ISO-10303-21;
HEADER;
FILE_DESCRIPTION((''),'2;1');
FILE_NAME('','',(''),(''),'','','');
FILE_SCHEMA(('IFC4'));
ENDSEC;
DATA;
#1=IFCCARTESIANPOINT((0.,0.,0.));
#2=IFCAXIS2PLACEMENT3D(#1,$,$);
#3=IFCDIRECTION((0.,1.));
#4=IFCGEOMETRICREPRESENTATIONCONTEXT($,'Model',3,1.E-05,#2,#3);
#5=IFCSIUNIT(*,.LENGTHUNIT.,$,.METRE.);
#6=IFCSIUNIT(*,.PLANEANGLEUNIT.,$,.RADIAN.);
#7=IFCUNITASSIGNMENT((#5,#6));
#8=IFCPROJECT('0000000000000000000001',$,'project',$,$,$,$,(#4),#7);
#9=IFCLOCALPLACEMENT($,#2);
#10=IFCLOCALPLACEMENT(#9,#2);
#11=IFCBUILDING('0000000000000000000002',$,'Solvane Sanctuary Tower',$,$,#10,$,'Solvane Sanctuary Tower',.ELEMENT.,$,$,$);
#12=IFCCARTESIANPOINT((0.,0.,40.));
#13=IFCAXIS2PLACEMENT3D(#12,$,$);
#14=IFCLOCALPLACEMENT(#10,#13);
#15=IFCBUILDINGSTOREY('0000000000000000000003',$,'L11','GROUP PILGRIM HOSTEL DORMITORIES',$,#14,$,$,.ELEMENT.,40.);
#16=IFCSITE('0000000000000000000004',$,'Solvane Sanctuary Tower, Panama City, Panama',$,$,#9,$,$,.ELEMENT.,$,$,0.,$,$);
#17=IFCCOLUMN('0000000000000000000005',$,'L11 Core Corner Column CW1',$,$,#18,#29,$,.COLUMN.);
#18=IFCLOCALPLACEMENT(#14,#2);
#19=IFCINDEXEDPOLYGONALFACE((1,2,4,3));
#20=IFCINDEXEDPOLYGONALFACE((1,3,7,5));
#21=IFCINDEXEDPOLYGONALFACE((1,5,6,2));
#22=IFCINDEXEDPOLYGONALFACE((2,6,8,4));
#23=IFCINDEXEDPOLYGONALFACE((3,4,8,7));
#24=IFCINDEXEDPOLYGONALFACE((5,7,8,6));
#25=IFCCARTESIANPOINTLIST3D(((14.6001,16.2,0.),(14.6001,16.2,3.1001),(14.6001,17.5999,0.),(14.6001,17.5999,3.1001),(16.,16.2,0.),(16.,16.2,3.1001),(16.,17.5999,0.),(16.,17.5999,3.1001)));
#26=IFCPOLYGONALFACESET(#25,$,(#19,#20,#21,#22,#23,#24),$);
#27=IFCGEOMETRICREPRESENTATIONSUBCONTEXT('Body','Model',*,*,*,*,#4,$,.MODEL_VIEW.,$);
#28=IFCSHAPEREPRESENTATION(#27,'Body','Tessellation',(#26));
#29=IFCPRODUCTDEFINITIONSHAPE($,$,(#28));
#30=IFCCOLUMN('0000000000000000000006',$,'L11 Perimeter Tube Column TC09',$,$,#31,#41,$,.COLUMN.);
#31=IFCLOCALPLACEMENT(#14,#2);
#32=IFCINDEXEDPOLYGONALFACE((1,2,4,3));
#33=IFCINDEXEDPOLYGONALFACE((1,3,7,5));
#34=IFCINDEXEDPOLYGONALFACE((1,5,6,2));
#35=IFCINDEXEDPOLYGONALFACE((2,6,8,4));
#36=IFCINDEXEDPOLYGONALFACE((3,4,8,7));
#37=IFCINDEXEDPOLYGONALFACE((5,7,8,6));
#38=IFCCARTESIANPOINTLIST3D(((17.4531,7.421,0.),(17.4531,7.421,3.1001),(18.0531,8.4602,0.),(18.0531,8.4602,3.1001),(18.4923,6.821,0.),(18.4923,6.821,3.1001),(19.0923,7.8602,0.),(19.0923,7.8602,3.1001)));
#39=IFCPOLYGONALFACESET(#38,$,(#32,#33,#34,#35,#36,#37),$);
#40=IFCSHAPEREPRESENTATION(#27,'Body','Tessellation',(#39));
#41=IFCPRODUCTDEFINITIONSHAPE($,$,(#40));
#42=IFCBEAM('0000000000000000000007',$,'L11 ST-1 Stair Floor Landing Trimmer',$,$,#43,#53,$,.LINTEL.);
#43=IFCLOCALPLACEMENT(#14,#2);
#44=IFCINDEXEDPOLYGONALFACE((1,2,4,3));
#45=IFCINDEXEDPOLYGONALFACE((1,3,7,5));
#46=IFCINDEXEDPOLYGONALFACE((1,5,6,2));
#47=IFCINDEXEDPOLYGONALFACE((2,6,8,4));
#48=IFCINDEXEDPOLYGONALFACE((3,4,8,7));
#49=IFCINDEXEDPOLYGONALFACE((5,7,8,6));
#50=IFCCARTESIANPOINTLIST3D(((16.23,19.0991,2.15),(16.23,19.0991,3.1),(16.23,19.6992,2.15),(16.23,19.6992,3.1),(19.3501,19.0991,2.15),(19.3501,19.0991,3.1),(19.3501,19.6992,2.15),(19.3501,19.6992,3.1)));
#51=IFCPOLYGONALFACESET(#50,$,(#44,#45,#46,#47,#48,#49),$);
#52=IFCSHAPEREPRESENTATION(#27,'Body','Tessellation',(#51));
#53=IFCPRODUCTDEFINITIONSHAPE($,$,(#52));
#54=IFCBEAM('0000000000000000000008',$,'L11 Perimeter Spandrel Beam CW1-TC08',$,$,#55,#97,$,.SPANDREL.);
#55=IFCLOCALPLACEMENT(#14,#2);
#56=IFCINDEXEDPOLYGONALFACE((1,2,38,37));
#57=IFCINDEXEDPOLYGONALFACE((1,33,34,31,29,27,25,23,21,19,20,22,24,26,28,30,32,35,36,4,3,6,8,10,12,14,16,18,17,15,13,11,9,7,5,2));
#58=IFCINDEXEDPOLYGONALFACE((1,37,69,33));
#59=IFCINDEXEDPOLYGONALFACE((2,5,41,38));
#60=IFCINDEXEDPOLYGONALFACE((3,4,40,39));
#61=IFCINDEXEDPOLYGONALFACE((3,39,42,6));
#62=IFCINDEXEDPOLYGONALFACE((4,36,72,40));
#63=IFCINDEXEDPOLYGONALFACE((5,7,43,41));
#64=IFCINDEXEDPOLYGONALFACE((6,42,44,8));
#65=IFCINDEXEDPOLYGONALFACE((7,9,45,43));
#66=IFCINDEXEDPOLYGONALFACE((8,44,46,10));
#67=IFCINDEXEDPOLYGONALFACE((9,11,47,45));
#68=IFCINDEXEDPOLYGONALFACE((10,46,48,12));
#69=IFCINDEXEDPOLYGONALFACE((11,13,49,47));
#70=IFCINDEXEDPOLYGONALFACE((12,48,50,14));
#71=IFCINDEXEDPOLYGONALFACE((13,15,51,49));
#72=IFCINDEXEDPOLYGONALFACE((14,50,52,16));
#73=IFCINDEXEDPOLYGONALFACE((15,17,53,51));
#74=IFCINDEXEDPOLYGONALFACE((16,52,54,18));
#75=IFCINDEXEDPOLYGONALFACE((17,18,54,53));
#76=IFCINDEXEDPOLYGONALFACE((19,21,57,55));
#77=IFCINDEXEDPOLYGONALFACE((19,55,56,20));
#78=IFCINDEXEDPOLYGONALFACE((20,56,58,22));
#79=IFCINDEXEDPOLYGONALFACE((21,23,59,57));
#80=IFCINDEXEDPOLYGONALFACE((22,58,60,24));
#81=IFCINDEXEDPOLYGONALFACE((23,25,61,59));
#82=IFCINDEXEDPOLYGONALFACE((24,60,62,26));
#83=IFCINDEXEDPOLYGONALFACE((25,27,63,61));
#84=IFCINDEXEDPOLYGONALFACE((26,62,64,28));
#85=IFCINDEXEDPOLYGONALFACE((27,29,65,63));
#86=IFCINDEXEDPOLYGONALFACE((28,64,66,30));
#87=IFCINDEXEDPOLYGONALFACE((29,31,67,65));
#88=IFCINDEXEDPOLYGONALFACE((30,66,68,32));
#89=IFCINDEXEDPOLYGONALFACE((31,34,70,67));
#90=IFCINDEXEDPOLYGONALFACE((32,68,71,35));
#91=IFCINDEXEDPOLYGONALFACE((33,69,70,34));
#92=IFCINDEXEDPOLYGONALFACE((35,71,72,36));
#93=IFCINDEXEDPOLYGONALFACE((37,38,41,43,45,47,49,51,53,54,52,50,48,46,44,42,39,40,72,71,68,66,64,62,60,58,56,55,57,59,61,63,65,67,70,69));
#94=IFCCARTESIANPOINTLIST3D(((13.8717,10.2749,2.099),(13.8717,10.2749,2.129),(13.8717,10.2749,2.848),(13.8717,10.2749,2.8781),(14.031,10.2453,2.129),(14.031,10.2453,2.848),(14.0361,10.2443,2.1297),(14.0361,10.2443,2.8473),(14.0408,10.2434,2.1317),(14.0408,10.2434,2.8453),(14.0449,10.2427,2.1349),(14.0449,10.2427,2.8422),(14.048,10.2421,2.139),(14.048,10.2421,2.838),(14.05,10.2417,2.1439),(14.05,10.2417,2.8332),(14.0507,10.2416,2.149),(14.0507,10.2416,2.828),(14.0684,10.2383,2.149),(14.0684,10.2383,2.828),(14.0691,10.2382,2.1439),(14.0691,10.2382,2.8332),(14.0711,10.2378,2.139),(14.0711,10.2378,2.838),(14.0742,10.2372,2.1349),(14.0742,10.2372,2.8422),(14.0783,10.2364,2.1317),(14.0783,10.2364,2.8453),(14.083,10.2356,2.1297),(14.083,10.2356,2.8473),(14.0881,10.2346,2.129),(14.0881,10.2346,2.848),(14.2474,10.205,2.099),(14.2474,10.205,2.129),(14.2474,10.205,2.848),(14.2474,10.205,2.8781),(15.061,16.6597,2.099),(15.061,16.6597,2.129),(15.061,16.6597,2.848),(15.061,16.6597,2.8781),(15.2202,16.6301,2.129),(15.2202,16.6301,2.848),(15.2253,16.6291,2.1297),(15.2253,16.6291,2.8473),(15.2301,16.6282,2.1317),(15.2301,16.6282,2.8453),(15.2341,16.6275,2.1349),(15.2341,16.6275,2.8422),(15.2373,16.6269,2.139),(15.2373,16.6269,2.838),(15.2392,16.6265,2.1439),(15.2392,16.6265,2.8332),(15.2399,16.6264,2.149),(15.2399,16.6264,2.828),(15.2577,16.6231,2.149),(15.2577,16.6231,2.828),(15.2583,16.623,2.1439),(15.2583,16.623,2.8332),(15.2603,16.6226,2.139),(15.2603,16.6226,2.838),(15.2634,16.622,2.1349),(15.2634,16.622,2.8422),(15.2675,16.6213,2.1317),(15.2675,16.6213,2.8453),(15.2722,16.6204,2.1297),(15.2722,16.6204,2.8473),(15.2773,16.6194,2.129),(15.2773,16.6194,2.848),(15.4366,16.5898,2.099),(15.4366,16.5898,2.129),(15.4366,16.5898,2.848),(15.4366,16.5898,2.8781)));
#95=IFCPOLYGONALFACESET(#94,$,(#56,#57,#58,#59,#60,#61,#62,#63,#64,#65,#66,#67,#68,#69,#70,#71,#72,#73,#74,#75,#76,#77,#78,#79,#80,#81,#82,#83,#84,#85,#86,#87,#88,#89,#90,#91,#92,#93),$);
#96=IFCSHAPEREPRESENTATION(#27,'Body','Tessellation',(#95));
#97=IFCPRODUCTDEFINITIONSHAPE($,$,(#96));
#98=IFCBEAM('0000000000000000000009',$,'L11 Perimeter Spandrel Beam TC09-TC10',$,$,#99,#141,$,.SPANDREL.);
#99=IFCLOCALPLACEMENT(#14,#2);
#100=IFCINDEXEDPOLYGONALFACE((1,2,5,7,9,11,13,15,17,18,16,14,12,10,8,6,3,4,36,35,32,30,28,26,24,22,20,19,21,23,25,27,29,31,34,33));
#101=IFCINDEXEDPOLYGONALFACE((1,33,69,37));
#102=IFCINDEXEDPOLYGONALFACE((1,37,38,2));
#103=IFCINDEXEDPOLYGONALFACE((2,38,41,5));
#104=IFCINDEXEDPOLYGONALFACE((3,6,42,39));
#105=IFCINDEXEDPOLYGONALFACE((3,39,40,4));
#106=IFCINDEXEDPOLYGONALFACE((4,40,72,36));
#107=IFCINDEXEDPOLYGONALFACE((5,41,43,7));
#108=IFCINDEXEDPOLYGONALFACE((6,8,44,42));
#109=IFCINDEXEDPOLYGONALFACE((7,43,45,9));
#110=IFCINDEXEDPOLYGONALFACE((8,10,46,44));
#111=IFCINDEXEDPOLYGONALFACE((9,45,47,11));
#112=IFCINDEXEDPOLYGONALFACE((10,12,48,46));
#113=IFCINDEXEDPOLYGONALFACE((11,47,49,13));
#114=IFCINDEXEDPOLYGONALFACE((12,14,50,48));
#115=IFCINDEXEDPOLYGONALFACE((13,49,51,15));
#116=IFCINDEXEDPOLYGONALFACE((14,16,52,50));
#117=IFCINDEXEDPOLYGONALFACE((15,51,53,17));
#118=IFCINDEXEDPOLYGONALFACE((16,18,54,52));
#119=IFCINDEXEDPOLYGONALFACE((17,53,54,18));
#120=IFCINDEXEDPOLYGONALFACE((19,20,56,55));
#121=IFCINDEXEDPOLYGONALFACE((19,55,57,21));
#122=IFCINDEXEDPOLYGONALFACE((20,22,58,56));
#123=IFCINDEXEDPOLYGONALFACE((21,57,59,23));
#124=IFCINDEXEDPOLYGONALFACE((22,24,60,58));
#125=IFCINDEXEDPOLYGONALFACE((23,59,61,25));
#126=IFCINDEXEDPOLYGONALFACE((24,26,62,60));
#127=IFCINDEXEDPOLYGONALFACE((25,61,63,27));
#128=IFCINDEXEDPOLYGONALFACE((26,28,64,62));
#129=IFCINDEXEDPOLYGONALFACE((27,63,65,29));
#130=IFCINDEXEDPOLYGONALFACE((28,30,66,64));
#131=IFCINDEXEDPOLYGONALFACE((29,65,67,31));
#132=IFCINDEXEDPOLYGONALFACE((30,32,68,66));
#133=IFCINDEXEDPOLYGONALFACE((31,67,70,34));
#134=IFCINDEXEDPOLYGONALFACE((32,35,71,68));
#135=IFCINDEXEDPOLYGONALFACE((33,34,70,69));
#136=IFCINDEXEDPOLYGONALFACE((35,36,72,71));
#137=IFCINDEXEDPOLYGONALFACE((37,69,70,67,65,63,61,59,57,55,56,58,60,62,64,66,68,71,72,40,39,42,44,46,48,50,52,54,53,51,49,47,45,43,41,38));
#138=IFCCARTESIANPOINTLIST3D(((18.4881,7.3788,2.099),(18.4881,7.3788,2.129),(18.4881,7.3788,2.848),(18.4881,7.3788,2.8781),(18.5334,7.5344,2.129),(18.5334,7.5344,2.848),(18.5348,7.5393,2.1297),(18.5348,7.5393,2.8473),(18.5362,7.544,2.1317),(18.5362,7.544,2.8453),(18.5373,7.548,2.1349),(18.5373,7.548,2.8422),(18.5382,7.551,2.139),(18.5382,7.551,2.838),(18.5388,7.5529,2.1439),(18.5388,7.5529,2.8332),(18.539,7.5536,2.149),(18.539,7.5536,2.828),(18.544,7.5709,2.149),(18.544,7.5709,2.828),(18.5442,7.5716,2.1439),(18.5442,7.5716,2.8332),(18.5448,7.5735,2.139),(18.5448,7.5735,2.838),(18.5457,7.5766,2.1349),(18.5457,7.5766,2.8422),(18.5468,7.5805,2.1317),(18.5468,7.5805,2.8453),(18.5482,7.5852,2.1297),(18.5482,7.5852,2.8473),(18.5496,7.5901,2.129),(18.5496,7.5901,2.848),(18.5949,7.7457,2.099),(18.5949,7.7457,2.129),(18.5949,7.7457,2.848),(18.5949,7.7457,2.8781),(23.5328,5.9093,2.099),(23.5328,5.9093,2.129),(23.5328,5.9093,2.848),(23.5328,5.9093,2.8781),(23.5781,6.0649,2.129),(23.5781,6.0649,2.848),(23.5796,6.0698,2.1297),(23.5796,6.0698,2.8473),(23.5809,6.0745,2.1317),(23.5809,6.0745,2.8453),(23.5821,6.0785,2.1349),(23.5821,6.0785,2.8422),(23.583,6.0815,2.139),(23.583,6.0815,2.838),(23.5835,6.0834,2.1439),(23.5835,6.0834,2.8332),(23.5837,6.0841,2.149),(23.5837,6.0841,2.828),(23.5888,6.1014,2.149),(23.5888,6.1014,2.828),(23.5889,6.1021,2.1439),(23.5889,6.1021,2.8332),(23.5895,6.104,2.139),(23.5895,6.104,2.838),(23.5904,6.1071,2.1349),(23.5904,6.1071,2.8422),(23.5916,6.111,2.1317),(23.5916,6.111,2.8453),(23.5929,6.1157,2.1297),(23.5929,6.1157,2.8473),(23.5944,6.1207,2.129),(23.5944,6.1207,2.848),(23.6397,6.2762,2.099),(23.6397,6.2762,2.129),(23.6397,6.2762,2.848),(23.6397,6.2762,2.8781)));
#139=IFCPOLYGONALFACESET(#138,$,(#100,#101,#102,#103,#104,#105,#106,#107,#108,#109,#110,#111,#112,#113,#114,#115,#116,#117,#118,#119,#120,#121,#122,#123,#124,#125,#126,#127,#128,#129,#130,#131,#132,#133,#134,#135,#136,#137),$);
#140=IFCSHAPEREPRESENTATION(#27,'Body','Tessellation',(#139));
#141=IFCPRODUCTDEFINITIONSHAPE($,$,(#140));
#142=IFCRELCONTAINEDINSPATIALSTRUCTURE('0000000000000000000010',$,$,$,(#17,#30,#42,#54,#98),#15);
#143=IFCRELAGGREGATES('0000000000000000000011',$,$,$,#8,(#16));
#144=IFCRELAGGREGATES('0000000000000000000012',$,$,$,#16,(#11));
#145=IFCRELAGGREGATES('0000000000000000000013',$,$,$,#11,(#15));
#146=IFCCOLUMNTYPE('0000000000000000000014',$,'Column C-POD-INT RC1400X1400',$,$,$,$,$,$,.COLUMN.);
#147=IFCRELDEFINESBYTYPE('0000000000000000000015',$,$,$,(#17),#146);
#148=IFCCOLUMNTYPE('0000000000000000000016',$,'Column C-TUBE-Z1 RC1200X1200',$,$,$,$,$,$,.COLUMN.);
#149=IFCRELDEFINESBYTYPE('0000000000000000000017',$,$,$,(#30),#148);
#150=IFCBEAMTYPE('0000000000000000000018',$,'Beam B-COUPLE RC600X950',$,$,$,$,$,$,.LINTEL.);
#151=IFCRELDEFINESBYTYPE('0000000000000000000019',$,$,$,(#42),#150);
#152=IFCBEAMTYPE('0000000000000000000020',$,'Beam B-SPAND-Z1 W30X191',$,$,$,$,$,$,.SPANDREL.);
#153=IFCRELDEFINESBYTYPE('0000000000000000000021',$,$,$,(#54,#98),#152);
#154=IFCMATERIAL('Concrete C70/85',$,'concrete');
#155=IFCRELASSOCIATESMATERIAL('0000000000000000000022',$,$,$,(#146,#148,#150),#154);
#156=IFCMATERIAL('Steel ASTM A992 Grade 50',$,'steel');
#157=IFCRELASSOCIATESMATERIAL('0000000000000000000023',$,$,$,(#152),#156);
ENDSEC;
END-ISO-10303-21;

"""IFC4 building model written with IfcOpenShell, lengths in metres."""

from ifc_helpers import new_model, si_unit, direction, frame, origin, origin_2d, place, context, subcontext, project, spatial, rectangle, i_section, extrude, material, material_profile, profile_set, type_object, element, save


model = new_model("IFC4")

# Units and contexts
model_context = context("Model", 3, precision=1e-05, world=origin(), true_north=direction((0.0, 1.0)))
body_context = subcontext(model_context, "Body", "Model", "MODEL_VIEW")
ifc_project = project(units=[si_unit("LENGTHUNIT", "METRE"), si_unit("PLANEANGLEUNIT", "RADIAN")], contexts=[model_context])

# Site, building, storey
site_placement = place(None, origin())
site = spatial("IfcSite", under=ifc_project, at=site_placement, Name="Solvane Sanctuary Tower, Panama City, Panama", CompositionType="ELEMENT", RefElevation=0.0)
building_placement = place(site_placement, origin())
building = spatial("IfcBuilding", under=site, at=building_placement, Name="Solvane Sanctuary Tower", LongName="Solvane Sanctuary Tower", CompositionType="ELEMENT")
storey_placement = place(building_placement, frame((0.0, 0.0, 40.0)))
storey = spatial("IfcBuildingStorey", under=building, at=storey_placement, Name="L11", Description="GROUP PILGRIM HOSTEL DORMITORIES", CompositionType="ELEMENT", Elevation=40.0)

# Columns
ifc_material_1 = material(Name="Concrete C70/85", Category="concrete")
ifc_material_profile_1 = material_profile(ifc_material_1, rectangle(XDim=1.3999, YDim=1.3999, at=origin_2d()), Name="RC1400X1400")
ifc_profile_set_1 = profile_set([ifc_material_profile_1], Name="Concrete C70/85")
column_type_1 = type_object("IfcColumnType", Name="Column C-POD-INT RC1400X1400", PredefinedType="COLUMN", material=ifc_profile_set_1)
column_1_placement = place(storey_placement, frame((15.3, 16.8999, 0.0), z_axis=(0.0, 0.0, 1.0), x_axis=(1.0, 0.0, 0.0)))
element("IfcColumn", 1, at=column_1_placement, inside=storey, type_object=column_type_1, Name="L11 Core Corner Column CW1", PredefinedType="COLUMN", context=body_context, shape_type="SweptSolid", body=[
    extrude(rectangle(XDim=1.3999, YDim=1.3999, at=origin_2d()), origin(), (0.0, 0.0, 1.0), 3.1001),
])
ifc_material_profile_2 = material_profile(ifc_material_1, rectangle(XDim=1.2, YDim=1.2, at=origin_2d()), Name="RC1200X1200")
ifc_profile_set_2 = profile_set([ifc_material_profile_2], Name="Concrete C70/85")
column_type_2 = type_object("IfcColumnType", Name="Column C-TUBE-Z1 RC1200X1200", PredefinedType="COLUMN", material=ifc_profile_set_2)
column_2_placement = place(storey_placement, frame((18.2727, 7.6406, 0.0), z_axis=(0.0, 0.0, 1.0), x_axis=(-0.5, -0.866025, 0.0)))
element("IfcColumn", 2, at=column_2_placement, inside=storey, type_object=column_type_2, Name="L11 Perimeter Tube Column TC09", PredefinedType="COLUMN", context=body_context, shape_type="SweptSolid", body=[
    extrude(rectangle(XDim=1.2, YDim=1.2, at=origin_2d()), origin(), (0.0, 0.0, 1.0), 3.1001),
])

# Beams
ifc_material_profile_3 = material_profile(ifc_material_1, rectangle(XDim=0.6001, YDim=0.95, at=origin_2d()), Name="RC600X950")
ifc_profile_set_3 = profile_set([ifc_material_profile_3], Name="Concrete C70/85")
beam_type_1 = type_object("IfcBeamType", Name="Beam B-COUPLE RC600X950", PredefinedType="LINTEL", material=ifc_profile_set_3)
beam_1_placement = place(storey_placement, frame((16.23, 19.3992, 2.625), z_axis=(1.0, 0.0, 0.0), x_axis=(0.0, 1.0, 0.0)))
element("IfcBeam", 3, at=beam_1_placement, inside=storey, type_object=beam_type_1, Name="L11 ST-1 Stair Floor Landing Trimmer", PredefinedType="LINTEL", context=body_context, shape_type="SweptSolid", body=[
    extrude(rectangle(XDim=0.6001, YDim=0.95, at=origin_2d()), origin(), (0.0, 0.0, 1.0), 3.1201),
])
ifc_material_2 = material(Name="Steel ASTM A992 Grade 50", Category="steel")
ifc_material_profile_4 = material_profile(ifc_material_2, i_section(OverallWidth=0.3821, OverallDepth=0.7791, WebThickness=0.0181, FlangeThickness=0.03, FilletRadius=0.02, at=origin_2d()), Name="W30X191")
ifc_profile_set_4 = profile_set([ifc_material_profile_4], Name="Steel ASTM A992 Grade 50")
beam_type_2 = type_object("IfcBeamType", Name="Beam B-SPAND-Z1 W30X191", PredefinedType="SPANDREL", material=ifc_profile_set_4)
beam_2_placement = place(storey_placement, frame((15.2488, 16.6248, 2.4885), z_axis=(-0.183108, -0.983093, 0.0), x_axis=(0.983093, -0.183108, 0.0)))
element("IfcBeam", 4, at=beam_2_placement, inside=storey, type_object=beam_type_2, Name="L11 Perimeter Spandrel Beam CW1-TC08", PredefinedType="SPANDREL", context=body_context, shape_type="SweptSolid", body=[
    extrude(i_section(OverallWidth=0.3821, OverallDepth=0.7791, WebThickness=0.0181, FlangeThickness=0.03, FilletRadius=0.02, at=origin_2d()), origin(), (0.0, 0.0, 1.0), 6.4946),
])
beam_3_placement = place(storey_placement, frame((18.5415, 7.5623, 2.4885), z_axis=(0.960096, -0.27967, 0.0), x_axis=(0.27967, 0.960096, 0.0)))
element("IfcBeam", 5, at=beam_3_placement, inside=storey, type_object=beam_type_2, Name="L11 Perimeter Spandrel Beam TC09-TC10", PredefinedType="SPANDREL", context=body_context, shape_type="SweptSolid", body=[
    extrude(i_section(OverallWidth=0.3821, OverallDepth=0.7791, WebThickness=0.0181, FlangeThickness=0.03, FilletRadius=0.02, at=origin_2d()), origin(), (0.0, 0.0, 1.0), 5.2544),
])

save(model, "model.ifc")
